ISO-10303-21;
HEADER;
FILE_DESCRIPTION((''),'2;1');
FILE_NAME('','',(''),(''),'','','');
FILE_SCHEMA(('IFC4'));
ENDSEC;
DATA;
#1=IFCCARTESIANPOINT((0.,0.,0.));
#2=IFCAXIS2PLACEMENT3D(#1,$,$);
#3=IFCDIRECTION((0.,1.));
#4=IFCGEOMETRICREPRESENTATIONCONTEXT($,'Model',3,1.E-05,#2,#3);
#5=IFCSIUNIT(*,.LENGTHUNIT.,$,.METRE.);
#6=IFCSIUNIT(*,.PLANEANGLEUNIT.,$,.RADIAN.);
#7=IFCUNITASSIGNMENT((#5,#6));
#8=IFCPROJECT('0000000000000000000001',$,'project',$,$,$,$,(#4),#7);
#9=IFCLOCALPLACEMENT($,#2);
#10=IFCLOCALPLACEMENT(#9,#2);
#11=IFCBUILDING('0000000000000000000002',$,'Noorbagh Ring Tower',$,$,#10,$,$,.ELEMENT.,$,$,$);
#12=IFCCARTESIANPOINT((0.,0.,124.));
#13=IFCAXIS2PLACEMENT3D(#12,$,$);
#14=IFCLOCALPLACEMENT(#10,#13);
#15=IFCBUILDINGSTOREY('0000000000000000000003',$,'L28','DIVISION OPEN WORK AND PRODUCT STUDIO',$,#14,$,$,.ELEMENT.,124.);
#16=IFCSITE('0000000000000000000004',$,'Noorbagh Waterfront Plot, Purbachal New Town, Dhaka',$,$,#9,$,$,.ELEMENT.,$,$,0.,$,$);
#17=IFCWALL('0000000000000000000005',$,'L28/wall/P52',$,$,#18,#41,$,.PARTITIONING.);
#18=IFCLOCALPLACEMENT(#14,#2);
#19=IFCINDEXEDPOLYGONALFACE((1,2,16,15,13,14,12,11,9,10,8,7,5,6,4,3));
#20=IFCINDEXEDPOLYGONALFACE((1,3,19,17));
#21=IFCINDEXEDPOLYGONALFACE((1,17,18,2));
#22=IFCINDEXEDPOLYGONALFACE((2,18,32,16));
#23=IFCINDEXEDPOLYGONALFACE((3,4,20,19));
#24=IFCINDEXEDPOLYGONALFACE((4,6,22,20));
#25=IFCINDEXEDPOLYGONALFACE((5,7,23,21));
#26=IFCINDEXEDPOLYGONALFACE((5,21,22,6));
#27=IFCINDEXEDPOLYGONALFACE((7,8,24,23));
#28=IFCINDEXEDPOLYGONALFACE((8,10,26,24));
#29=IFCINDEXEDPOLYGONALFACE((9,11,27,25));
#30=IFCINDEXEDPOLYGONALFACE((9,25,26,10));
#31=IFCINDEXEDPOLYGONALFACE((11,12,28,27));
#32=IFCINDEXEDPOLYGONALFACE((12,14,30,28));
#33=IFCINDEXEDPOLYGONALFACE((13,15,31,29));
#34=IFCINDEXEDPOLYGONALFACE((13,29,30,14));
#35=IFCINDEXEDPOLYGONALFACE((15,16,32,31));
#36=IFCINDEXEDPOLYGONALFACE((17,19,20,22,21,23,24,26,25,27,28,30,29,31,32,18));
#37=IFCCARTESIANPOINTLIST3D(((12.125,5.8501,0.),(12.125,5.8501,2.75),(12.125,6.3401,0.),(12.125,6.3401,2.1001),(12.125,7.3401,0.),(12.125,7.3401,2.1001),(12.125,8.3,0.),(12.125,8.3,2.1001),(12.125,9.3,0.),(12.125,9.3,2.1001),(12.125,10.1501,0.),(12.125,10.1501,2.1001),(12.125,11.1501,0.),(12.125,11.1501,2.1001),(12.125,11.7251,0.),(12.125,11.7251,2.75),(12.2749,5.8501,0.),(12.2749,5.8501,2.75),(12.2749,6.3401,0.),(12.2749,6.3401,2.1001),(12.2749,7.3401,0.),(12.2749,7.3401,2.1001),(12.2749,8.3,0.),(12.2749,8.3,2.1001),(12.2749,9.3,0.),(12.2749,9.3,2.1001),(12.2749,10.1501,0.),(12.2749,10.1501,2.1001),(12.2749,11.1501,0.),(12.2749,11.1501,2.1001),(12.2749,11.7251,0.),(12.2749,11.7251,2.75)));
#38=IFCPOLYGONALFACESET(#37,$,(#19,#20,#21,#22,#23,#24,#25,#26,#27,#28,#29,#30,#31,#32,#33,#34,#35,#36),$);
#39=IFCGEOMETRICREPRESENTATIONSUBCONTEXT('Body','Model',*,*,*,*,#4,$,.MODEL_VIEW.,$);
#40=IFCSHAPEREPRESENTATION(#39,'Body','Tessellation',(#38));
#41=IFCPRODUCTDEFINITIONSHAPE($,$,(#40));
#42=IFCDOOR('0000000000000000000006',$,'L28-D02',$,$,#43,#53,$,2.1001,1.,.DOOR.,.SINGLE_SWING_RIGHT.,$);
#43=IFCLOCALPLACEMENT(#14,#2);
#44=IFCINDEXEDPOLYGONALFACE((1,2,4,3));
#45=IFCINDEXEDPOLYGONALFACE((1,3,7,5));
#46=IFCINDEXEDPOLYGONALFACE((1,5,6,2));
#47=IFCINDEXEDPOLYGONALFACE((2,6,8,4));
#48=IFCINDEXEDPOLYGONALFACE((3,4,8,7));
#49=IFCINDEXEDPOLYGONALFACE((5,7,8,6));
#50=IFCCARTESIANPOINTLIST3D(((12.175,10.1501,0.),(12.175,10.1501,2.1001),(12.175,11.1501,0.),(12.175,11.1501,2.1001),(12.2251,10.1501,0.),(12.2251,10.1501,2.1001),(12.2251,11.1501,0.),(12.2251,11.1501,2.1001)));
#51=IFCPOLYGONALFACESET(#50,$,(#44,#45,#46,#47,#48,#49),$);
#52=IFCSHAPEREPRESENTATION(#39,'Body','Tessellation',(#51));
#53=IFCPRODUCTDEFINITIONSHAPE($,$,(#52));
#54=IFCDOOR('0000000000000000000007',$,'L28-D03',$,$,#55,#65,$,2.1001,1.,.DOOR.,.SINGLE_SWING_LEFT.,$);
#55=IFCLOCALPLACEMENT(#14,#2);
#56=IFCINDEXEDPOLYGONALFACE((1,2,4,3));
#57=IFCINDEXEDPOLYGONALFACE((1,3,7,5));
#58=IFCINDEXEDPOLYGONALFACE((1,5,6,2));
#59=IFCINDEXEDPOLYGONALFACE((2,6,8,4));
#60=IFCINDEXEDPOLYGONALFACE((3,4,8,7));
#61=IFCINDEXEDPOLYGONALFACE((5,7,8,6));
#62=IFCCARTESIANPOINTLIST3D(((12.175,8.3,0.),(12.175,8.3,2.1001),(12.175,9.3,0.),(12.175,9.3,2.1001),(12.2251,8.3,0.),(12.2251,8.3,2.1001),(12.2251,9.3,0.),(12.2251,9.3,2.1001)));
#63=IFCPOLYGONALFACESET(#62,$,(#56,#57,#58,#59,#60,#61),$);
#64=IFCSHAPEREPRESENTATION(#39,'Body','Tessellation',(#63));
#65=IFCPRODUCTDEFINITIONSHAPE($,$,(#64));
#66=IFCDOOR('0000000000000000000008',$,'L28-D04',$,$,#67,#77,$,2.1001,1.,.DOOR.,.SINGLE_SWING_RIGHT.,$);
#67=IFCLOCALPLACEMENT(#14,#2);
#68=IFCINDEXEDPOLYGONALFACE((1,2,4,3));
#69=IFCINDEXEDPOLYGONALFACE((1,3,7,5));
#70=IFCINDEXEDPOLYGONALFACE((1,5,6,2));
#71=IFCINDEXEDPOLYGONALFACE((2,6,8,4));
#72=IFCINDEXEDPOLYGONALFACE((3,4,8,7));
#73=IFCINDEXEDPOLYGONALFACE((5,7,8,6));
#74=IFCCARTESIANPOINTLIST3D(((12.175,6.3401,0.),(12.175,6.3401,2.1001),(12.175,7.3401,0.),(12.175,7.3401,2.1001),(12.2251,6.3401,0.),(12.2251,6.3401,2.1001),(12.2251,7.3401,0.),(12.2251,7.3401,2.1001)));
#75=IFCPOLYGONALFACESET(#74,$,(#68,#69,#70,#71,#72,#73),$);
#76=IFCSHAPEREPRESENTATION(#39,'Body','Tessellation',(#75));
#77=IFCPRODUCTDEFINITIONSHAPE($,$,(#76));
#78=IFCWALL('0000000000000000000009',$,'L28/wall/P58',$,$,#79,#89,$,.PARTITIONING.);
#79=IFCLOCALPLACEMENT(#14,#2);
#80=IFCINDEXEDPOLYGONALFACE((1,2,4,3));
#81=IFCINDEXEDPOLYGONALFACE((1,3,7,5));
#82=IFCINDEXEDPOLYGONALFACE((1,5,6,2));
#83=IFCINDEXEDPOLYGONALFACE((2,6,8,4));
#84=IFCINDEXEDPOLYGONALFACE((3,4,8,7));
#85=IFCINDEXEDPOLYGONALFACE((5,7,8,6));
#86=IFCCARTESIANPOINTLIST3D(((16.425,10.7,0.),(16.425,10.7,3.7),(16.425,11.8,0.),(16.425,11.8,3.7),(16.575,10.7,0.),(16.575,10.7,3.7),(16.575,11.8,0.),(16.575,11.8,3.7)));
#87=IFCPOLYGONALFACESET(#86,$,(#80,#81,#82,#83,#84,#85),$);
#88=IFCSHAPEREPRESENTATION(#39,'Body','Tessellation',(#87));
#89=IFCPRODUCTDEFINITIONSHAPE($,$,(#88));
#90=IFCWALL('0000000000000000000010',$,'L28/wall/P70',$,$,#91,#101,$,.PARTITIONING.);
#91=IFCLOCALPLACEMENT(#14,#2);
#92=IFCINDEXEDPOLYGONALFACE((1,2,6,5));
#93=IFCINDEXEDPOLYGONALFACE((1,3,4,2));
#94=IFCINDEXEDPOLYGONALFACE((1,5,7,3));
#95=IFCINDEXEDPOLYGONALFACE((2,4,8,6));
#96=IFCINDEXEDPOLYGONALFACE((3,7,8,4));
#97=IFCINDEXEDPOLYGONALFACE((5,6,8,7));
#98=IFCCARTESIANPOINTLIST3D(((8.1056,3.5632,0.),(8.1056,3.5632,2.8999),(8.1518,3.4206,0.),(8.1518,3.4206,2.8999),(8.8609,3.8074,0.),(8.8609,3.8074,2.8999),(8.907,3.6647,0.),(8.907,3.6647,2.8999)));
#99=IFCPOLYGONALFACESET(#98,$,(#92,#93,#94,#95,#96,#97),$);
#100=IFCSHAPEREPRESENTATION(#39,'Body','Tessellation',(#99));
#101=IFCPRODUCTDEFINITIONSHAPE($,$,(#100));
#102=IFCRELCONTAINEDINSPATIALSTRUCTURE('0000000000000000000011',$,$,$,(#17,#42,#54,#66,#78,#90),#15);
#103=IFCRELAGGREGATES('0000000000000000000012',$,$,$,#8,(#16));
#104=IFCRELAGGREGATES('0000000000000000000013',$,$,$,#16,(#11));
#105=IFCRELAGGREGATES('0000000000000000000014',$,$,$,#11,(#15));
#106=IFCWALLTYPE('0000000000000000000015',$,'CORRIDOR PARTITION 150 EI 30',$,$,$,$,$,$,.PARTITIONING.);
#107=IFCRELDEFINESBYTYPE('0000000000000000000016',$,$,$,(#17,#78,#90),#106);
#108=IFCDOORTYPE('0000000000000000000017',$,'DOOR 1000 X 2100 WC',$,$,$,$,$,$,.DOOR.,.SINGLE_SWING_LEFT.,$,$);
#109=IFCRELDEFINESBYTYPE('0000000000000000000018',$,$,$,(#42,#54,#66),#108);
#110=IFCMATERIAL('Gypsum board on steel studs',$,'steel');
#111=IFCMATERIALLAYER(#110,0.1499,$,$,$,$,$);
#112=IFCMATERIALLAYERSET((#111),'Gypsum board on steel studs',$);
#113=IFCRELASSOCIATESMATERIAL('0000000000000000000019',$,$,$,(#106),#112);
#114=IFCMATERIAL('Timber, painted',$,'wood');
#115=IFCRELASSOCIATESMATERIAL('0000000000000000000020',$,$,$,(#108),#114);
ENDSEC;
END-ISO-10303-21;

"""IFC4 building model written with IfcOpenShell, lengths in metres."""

from ifc_helpers import new_model, si_unit, direction, frame, frame_2d, origin, place, context, subcontext, project, spatial, rectangle, extrude, material, layer, layer_set, type_object, element, fill, save


model = new_model("IFC4")

# Units and contexts
model_context = context("Model", 3, precision=1e-05, world=origin(), true_north=direction((0.0, 1.0)))
body_context = subcontext(model_context, "Body", "Model", "MODEL_VIEW")
ifc_project = project(units=[si_unit("LENGTHUNIT", "METRE"), si_unit("PLANEANGLEUNIT", "RADIAN")], contexts=[model_context])

# Site, building, storey
site_placement = place(None, origin())
site = spatial("IfcSite", under=ifc_project, at=site_placement, Name="Noorbagh Waterfront Plot, Purbachal New Town, Dhaka", CompositionType="ELEMENT", RefElevation=0.0)
building_placement = place(site_placement, origin())
building = spatial("IfcBuilding", under=site, at=building_placement, Name="Noorbagh Ring Tower", CompositionType="ELEMENT")
storey_placement = place(building_placement, frame((0.0, 0.0, 124.0)))
storey = spatial("IfcBuildingStorey", under=building, at=storey_placement, Name="L28", Description="DIVISION OPEN WORK AND PRODUCT STUDIO", CompositionType="ELEMENT", Elevation=124.0)

# Shared definitions
ifc_material_1 = material(Name="Gypsum board on steel studs", Category="steel")
ifc_layer_1 = layer(ifc_material_1, 0.1499)
ifc_layer_set_1 = layer_set([ifc_layer_1], Name="Gypsum board on steel studs")
wall_type_1 = type_object("IfcWallType", Name="CORRIDOR PARTITION 150 EI 30", PredefinedType="PARTITIONING", material=ifc_layer_set_1)

# Wall, openings, doors
wall_1_placement = place(storey_placement, frame((12.2, 5.8501, 0.0), z_axis=(0.0, 0.0, 1.0), x_axis=(0.0, 1.0, 0.0)))
wall_1 = element("IfcWall", 1, at=wall_1_placement, inside=storey, type_object=wall_type_1, Name="L28/wall/P52", PredefinedType="PARTITIONING", context=body_context, shape_type="SweptSolid", body=[
    extrude(rectangle(XDim=5.875, YDim=0.1499, at=frame_2d((2.9375, 0.0))), origin(), (0.0, 0.0, 1.0), 2.75),
])
opening_1_placement = place(wall_1_placement, frame((4.3, 0.0, 0.0)))
opening_1 = element("IfcOpeningElement", 2, at=opening_1_placement, cuts=wall_1, PredefinedType="OPENING", context=body_context, shape_type="SweptSolid", body=[
    extrude(rectangle(XDim=1.0, YDim=2.1001, at=frame_2d((0.5, 1.05))), frame((0.0, 0.085, 0.0), z_axis=(0.0, -1.0, 0.0), x_axis=(1.0, 0.0, 0.0)), (0.0, 0.0, 1.0), 0.1699),
])
opening_2_placement = place(wall_1_placement, frame((2.45, 0.0, 0.0)))
opening_2 = element("IfcOpeningElement", 3, at=opening_2_placement, cuts=wall_1, PredefinedType="OPENING", context=body_context, shape_type="SweptSolid", body=[
    extrude(rectangle(XDim=1.0, YDim=2.1001, at=frame_2d((0.5, 1.05))), frame((0.0, 0.085, 0.0), z_axis=(0.0, -1.0, 0.0), x_axis=(1.0, 0.0, 0.0)), (0.0, 0.0, 1.0), 0.1699),
])
opening_3_placement = place(wall_1_placement, frame((0.49, 0.0, 0.0)))
opening_3 = element("IfcOpeningElement", 4, at=opening_3_placement, cuts=wall_1, PredefinedType="OPENING", context=body_context, shape_type="SweptSolid", body=[
    extrude(rectangle(XDim=1.0, YDim=2.1001, at=frame_2d((0.5, 1.05))), frame((0.0, 0.085, 0.0), z_axis=(0.0, -1.0, 0.0), x_axis=(1.0, 0.0, 0.0)), (0.0, 0.0, 1.0), 0.1699),
])
ifc_material_2 = material(Name="Timber, painted", Category="wood")
door_type_1 = type_object("IfcDoorType", Name="DOOR 1000 X 2100 WC", OperationType="SINGLE_SWING_LEFT", PredefinedType="DOOR", material=ifc_material_2)
door_1_placement = place(opening_1_placement, origin())
door_1 = element("IfcDoor", 5, at=door_1_placement, inside=storey, type_object=door_type_1, Name="L28-D02", OperationType="SINGLE_SWING_RIGHT", OverallHeight=2.1001, OverallWidth=1.0, PredefinedType="DOOR", context=body_context, shape_type="SweptSolid", body=[
    extrude(rectangle(XDim=1.0, YDim=2.1001, at=frame_2d((0.5, 1.05))), frame((0.0, 0.0249, 0.0), z_axis=(0.0, -1.0, 0.0), x_axis=(1.0, 0.0, 0.0)), (0.0, 0.0, 1.0), 0.05),
])
fill(opening_1, door_1)
door_2_placement = place(opening_2_placement, origin())
door_2 = element("IfcDoor", 6, at=door_2_placement, inside=storey, type_object=door_type_1, Name="L28-D03", OperationType="SINGLE_SWING_LEFT", OverallHeight=2.1001, OverallWidth=1.0, PredefinedType="DOOR", context=body_context, shape_type="SweptSolid", body=[
    extrude(rectangle(XDim=1.0, YDim=2.1001, at=frame_2d((0.5, 1.05))), frame((0.0, 0.0249, 0.0), z_axis=(0.0, -1.0, 0.0), x_axis=(1.0, 0.0, 0.0)), (0.0, 0.0, 1.0), 0.05),
])
fill(opening_2, door_2)
door_3_placement = place(opening_3_placement, origin())
door_3 = element("IfcDoor", 7, at=door_3_placement, inside=storey, type_object=door_type_1, Name="L28-D04", OperationType="SINGLE_SWING_RIGHT", OverallHeight=2.1001, OverallWidth=1.0, PredefinedType="DOOR", context=body_context, shape_type="SweptSolid", body=[
    extrude(rectangle(XDim=1.0, YDim=2.1001, at=frame_2d((0.5, 1.05))), frame((0.0, 0.0249, 0.0), z_axis=(0.0, -1.0, 0.0), x_axis=(1.0, 0.0, 0.0)), (0.0, 0.0, 1.0), 0.05),
])
fill(opening_3, door_3)

# Walls
wall_2_placement = place(storey_placement, frame((16.5, 10.7, 0.0), z_axis=(0.0, 0.0, 1.0), x_axis=(0.0, 1.0, 0.0)))
element("IfcWall", 8, at=wall_2_placement, inside=storey, type_object=wall_type_1, Name="L28/wall/P58", PredefinedType="PARTITIONING", context=body_context, shape_type="SweptSolid", body=[
    extrude(rectangle(XDim=1.1001, YDim=0.1499, at=frame_2d((0.55, 0.0))), origin(), (0.0, 0.0, 1.0), 3.7),
])
wall_3_placement = place(storey_placement, frame((8.884, 3.7361, 0.0), z_axis=(0.0, 0.0, 1.0), x_axis=(-0.951505, -0.307632, 0.0)))
element("IfcWall", 9, at=wall_3_placement, inside=storey, type_object=wall_type_1, Name="L28/wall/P70", PredefinedType="PARTITIONING", context=body_context, shape_type="SweptSolid", body=[
    extrude(rectangle(XDim=0.7937, YDim=0.1499, at=frame_2d((0.397, 0.0))), origin(), (0.0, 0.0, 1.0), 2.8999),
])

save(model, "model.ifc")
